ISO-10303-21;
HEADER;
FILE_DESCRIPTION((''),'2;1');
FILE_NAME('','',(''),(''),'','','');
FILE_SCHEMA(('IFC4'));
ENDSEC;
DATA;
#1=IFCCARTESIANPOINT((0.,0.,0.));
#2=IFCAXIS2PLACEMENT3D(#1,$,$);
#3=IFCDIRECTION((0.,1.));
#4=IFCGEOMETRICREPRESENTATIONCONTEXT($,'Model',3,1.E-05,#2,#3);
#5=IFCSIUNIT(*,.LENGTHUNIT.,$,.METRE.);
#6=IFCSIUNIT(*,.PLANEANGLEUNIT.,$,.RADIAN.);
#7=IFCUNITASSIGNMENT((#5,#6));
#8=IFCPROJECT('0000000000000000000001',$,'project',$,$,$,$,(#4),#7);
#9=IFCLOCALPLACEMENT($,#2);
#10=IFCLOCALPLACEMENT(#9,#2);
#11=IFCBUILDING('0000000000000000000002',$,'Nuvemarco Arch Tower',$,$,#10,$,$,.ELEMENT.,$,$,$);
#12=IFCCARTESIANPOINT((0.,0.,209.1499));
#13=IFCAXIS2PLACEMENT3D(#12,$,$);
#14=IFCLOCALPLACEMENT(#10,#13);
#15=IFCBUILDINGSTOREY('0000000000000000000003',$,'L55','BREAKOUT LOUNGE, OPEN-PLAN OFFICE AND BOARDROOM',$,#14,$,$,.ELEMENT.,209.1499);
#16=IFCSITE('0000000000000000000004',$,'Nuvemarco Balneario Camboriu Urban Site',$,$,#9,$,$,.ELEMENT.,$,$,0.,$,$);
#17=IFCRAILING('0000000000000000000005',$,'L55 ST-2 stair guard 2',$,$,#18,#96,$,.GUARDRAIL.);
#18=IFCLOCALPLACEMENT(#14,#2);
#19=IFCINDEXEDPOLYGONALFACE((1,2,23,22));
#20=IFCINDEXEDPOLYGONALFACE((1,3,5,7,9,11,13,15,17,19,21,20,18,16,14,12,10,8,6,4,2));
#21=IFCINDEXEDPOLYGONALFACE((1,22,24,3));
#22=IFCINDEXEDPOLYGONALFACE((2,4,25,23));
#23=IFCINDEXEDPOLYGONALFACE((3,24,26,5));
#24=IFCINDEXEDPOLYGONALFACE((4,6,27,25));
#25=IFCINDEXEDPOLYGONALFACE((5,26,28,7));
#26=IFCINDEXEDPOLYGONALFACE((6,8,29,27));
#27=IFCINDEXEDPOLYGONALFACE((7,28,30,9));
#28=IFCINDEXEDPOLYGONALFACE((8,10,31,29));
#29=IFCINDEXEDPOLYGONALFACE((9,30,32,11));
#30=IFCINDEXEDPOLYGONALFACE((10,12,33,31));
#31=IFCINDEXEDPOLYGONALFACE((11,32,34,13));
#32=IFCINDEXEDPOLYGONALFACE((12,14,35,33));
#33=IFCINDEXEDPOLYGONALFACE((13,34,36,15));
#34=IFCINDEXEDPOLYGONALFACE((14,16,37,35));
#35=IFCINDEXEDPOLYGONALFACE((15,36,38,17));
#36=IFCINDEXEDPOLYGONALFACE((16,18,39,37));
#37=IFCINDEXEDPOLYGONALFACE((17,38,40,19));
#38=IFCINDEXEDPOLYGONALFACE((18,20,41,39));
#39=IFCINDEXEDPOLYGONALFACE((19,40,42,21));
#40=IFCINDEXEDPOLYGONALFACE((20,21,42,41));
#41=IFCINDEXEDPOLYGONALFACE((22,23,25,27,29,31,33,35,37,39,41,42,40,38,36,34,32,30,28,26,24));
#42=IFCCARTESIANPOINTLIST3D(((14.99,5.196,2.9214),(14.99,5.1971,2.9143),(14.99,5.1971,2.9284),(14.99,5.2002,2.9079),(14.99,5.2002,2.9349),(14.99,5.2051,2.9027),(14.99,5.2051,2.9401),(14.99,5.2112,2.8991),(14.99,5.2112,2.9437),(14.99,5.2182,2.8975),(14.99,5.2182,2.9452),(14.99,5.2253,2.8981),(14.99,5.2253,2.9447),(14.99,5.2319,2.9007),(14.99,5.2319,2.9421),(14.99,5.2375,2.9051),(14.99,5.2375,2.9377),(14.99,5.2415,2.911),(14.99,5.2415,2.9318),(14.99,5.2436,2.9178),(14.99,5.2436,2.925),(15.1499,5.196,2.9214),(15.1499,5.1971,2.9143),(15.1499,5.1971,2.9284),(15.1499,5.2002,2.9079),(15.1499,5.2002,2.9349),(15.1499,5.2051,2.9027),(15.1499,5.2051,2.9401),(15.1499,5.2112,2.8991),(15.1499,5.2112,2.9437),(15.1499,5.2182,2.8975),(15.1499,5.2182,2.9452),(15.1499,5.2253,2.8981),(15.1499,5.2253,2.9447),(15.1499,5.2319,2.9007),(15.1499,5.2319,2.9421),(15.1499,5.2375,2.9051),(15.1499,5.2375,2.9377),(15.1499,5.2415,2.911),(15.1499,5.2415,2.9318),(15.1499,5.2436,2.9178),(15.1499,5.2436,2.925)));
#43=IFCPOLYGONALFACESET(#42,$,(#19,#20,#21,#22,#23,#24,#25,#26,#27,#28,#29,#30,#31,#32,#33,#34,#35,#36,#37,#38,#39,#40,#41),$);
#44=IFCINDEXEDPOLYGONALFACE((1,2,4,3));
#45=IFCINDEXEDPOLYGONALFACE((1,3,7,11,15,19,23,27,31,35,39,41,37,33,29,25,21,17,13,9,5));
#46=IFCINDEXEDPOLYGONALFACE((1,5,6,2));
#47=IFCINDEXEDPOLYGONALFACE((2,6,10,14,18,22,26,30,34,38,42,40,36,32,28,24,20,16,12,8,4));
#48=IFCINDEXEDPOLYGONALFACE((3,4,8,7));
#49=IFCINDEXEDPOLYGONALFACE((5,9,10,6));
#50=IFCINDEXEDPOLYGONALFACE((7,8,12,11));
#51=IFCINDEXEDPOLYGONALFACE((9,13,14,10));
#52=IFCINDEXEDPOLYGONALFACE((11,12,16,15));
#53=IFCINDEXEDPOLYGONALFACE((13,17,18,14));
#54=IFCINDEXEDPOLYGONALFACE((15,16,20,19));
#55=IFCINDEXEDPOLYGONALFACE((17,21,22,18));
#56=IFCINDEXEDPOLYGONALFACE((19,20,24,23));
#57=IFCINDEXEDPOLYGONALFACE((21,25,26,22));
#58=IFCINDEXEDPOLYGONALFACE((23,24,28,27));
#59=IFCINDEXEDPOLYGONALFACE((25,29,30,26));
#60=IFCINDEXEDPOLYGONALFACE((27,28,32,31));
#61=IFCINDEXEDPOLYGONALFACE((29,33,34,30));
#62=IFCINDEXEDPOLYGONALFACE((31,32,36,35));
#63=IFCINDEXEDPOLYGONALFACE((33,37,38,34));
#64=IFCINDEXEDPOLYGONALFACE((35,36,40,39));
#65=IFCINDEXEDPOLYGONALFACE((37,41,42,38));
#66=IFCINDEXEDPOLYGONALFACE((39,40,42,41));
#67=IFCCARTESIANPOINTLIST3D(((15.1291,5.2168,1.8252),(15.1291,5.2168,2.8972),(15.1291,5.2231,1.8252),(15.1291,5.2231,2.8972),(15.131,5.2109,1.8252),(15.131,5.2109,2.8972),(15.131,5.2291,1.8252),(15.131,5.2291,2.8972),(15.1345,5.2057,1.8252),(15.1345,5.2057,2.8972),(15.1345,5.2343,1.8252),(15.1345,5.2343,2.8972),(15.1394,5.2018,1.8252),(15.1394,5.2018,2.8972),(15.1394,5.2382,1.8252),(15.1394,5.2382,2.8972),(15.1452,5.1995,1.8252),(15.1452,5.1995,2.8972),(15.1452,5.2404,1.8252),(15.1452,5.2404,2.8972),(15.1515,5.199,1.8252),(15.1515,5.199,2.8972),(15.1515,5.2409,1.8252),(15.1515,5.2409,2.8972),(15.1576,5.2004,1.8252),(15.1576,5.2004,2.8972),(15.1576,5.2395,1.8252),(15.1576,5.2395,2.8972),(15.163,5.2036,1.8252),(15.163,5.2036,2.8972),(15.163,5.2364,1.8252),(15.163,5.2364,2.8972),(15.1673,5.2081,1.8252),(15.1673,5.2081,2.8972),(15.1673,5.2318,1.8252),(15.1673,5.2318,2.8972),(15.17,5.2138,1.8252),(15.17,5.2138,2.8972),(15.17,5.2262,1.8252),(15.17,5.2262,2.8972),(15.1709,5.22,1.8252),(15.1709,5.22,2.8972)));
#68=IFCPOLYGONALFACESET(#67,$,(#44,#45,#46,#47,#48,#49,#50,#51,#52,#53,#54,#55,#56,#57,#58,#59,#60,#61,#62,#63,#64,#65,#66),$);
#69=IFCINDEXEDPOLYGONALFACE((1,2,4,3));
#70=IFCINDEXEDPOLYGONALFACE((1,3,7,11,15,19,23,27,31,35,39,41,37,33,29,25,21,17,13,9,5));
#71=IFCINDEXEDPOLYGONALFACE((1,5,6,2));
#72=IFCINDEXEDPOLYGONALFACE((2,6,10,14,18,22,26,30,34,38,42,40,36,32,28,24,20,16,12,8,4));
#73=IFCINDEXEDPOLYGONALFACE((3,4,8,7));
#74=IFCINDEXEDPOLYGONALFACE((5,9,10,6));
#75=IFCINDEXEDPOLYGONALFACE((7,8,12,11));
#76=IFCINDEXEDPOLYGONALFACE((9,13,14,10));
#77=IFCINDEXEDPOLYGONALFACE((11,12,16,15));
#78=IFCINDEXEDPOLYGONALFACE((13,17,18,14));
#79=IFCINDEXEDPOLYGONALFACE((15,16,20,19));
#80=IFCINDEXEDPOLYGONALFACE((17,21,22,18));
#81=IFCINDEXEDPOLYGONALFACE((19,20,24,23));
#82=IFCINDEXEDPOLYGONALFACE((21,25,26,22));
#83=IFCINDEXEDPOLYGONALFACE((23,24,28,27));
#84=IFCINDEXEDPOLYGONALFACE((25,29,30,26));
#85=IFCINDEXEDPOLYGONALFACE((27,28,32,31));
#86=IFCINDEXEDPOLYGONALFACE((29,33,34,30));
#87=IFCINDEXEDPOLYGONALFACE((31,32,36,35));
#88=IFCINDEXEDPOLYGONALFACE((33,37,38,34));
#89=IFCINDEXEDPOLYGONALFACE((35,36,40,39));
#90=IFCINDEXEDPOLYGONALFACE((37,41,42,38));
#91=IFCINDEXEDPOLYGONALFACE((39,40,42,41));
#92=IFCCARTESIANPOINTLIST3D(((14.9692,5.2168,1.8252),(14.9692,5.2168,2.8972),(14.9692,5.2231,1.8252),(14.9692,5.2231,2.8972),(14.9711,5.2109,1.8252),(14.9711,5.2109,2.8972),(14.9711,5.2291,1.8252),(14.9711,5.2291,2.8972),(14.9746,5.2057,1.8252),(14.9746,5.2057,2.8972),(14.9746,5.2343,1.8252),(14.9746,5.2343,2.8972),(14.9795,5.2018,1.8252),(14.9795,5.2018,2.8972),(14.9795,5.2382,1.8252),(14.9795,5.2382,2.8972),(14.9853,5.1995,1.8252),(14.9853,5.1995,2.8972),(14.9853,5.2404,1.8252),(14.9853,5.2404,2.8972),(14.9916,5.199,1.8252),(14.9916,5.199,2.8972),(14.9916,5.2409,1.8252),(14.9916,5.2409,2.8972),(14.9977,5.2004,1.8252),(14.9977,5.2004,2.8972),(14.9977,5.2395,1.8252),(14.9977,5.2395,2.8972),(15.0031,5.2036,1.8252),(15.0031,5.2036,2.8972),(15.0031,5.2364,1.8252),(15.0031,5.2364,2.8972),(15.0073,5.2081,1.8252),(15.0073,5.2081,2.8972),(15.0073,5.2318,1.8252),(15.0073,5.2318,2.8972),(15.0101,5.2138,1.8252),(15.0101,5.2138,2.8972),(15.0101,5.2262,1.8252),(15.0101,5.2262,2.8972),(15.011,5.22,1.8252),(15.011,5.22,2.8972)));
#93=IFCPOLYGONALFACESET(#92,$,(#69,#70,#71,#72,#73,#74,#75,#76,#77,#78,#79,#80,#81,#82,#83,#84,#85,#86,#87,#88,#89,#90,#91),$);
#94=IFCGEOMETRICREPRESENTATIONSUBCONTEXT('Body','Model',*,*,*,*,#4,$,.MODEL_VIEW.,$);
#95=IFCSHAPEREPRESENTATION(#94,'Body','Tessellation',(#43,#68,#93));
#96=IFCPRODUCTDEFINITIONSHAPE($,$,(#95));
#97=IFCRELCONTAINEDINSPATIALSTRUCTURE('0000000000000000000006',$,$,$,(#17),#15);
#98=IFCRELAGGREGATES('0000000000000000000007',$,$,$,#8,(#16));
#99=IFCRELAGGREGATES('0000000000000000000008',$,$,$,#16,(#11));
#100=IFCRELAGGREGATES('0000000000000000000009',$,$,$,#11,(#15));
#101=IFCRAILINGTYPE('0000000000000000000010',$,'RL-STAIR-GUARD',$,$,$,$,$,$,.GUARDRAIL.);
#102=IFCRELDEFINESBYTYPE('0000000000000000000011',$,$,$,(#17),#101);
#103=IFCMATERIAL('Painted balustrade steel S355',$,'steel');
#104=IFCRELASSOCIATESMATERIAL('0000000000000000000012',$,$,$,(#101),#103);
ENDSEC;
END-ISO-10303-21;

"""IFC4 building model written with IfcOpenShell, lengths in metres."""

from ifc_helpers import new_model, si_unit, direction, frame, origin, origin_2d, place, context, subcontext, project, spatial, circle, extrude, material, type_object, element, save


model = new_model("IFC4")

# Units and contexts
model_context = context("Model", 3, precision=1e-05, world=origin(), true_north=direction((0.0, 1.0)))
body_context = subcontext(model_context, "Body", "Model", "MODEL_VIEW")
ifc_project = project(units=[si_unit("LENGTHUNIT", "METRE"), si_unit("PLANEANGLEUNIT", "RADIAN")], contexts=[model_context])

# Site, building, storey
site_placement = place(None, origin())
site = spatial("IfcSite", under=ifc_project, at=site_placement, Name="Nuvemarco Balneario Camboriu Urban Site", CompositionType="ELEMENT", RefElevation=0.0)
building_placement = place(site_placement, origin())
building = spatial("IfcBuilding", under=site, at=building_placement, Name="Nuvemarco Arch Tower", CompositionType="ELEMENT")
storey_placement = place(building_placement, frame((0.0, 0.0, 209.1499)))
storey = spatial("IfcBuildingStorey", under=building, at=storey_placement, Name="L55", Description="BREAKOUT LOUNGE, OPEN-PLAN OFFICE AND BOARDROOM", CompositionType="ELEMENT", Elevation=209.1499)

# Railing
ifc_material_1 = material(Name="Painted balustrade steel S355", Category="steel")
railing_type_1 = type_object("IfcRailingType", Name="RL-STAIR-GUARD", PredefinedType="GUARDRAIL", material=ifc_material_1)
railing_1_placement = place(storey_placement, frame((15.1499, 5.22, 1.8252)))
element("IfcRailing", 1, at=railing_1_placement, inside=storey, type_object=railing_type_1, Name="L55 ST-2 stair guard 2", PredefinedType="GUARDRAIL", context=body_context, shape_type="SweptSolid", body=[
    extrude(circle(Radius=0.0239, at=origin_2d()), frame((0.0, 0.0, 1.0962), z_axis=(-1.0, 0.0, 0.0), x_axis=(0.0, -1.0, 0.0)), (0.0, 0.0, 1.0), 0.1599),
    extrude(circle(Radius=0.021, at=origin_2d()), origin(), (0.0, 0.0, 1.0), 1.072),
    extrude(circle(Radius=0.021, at=origin_2d()), frame((-0.1599, 0.0, 0.0)), (0.0, 0.0, 1.0), 1.072),
])

save(model, "model.ifc")
